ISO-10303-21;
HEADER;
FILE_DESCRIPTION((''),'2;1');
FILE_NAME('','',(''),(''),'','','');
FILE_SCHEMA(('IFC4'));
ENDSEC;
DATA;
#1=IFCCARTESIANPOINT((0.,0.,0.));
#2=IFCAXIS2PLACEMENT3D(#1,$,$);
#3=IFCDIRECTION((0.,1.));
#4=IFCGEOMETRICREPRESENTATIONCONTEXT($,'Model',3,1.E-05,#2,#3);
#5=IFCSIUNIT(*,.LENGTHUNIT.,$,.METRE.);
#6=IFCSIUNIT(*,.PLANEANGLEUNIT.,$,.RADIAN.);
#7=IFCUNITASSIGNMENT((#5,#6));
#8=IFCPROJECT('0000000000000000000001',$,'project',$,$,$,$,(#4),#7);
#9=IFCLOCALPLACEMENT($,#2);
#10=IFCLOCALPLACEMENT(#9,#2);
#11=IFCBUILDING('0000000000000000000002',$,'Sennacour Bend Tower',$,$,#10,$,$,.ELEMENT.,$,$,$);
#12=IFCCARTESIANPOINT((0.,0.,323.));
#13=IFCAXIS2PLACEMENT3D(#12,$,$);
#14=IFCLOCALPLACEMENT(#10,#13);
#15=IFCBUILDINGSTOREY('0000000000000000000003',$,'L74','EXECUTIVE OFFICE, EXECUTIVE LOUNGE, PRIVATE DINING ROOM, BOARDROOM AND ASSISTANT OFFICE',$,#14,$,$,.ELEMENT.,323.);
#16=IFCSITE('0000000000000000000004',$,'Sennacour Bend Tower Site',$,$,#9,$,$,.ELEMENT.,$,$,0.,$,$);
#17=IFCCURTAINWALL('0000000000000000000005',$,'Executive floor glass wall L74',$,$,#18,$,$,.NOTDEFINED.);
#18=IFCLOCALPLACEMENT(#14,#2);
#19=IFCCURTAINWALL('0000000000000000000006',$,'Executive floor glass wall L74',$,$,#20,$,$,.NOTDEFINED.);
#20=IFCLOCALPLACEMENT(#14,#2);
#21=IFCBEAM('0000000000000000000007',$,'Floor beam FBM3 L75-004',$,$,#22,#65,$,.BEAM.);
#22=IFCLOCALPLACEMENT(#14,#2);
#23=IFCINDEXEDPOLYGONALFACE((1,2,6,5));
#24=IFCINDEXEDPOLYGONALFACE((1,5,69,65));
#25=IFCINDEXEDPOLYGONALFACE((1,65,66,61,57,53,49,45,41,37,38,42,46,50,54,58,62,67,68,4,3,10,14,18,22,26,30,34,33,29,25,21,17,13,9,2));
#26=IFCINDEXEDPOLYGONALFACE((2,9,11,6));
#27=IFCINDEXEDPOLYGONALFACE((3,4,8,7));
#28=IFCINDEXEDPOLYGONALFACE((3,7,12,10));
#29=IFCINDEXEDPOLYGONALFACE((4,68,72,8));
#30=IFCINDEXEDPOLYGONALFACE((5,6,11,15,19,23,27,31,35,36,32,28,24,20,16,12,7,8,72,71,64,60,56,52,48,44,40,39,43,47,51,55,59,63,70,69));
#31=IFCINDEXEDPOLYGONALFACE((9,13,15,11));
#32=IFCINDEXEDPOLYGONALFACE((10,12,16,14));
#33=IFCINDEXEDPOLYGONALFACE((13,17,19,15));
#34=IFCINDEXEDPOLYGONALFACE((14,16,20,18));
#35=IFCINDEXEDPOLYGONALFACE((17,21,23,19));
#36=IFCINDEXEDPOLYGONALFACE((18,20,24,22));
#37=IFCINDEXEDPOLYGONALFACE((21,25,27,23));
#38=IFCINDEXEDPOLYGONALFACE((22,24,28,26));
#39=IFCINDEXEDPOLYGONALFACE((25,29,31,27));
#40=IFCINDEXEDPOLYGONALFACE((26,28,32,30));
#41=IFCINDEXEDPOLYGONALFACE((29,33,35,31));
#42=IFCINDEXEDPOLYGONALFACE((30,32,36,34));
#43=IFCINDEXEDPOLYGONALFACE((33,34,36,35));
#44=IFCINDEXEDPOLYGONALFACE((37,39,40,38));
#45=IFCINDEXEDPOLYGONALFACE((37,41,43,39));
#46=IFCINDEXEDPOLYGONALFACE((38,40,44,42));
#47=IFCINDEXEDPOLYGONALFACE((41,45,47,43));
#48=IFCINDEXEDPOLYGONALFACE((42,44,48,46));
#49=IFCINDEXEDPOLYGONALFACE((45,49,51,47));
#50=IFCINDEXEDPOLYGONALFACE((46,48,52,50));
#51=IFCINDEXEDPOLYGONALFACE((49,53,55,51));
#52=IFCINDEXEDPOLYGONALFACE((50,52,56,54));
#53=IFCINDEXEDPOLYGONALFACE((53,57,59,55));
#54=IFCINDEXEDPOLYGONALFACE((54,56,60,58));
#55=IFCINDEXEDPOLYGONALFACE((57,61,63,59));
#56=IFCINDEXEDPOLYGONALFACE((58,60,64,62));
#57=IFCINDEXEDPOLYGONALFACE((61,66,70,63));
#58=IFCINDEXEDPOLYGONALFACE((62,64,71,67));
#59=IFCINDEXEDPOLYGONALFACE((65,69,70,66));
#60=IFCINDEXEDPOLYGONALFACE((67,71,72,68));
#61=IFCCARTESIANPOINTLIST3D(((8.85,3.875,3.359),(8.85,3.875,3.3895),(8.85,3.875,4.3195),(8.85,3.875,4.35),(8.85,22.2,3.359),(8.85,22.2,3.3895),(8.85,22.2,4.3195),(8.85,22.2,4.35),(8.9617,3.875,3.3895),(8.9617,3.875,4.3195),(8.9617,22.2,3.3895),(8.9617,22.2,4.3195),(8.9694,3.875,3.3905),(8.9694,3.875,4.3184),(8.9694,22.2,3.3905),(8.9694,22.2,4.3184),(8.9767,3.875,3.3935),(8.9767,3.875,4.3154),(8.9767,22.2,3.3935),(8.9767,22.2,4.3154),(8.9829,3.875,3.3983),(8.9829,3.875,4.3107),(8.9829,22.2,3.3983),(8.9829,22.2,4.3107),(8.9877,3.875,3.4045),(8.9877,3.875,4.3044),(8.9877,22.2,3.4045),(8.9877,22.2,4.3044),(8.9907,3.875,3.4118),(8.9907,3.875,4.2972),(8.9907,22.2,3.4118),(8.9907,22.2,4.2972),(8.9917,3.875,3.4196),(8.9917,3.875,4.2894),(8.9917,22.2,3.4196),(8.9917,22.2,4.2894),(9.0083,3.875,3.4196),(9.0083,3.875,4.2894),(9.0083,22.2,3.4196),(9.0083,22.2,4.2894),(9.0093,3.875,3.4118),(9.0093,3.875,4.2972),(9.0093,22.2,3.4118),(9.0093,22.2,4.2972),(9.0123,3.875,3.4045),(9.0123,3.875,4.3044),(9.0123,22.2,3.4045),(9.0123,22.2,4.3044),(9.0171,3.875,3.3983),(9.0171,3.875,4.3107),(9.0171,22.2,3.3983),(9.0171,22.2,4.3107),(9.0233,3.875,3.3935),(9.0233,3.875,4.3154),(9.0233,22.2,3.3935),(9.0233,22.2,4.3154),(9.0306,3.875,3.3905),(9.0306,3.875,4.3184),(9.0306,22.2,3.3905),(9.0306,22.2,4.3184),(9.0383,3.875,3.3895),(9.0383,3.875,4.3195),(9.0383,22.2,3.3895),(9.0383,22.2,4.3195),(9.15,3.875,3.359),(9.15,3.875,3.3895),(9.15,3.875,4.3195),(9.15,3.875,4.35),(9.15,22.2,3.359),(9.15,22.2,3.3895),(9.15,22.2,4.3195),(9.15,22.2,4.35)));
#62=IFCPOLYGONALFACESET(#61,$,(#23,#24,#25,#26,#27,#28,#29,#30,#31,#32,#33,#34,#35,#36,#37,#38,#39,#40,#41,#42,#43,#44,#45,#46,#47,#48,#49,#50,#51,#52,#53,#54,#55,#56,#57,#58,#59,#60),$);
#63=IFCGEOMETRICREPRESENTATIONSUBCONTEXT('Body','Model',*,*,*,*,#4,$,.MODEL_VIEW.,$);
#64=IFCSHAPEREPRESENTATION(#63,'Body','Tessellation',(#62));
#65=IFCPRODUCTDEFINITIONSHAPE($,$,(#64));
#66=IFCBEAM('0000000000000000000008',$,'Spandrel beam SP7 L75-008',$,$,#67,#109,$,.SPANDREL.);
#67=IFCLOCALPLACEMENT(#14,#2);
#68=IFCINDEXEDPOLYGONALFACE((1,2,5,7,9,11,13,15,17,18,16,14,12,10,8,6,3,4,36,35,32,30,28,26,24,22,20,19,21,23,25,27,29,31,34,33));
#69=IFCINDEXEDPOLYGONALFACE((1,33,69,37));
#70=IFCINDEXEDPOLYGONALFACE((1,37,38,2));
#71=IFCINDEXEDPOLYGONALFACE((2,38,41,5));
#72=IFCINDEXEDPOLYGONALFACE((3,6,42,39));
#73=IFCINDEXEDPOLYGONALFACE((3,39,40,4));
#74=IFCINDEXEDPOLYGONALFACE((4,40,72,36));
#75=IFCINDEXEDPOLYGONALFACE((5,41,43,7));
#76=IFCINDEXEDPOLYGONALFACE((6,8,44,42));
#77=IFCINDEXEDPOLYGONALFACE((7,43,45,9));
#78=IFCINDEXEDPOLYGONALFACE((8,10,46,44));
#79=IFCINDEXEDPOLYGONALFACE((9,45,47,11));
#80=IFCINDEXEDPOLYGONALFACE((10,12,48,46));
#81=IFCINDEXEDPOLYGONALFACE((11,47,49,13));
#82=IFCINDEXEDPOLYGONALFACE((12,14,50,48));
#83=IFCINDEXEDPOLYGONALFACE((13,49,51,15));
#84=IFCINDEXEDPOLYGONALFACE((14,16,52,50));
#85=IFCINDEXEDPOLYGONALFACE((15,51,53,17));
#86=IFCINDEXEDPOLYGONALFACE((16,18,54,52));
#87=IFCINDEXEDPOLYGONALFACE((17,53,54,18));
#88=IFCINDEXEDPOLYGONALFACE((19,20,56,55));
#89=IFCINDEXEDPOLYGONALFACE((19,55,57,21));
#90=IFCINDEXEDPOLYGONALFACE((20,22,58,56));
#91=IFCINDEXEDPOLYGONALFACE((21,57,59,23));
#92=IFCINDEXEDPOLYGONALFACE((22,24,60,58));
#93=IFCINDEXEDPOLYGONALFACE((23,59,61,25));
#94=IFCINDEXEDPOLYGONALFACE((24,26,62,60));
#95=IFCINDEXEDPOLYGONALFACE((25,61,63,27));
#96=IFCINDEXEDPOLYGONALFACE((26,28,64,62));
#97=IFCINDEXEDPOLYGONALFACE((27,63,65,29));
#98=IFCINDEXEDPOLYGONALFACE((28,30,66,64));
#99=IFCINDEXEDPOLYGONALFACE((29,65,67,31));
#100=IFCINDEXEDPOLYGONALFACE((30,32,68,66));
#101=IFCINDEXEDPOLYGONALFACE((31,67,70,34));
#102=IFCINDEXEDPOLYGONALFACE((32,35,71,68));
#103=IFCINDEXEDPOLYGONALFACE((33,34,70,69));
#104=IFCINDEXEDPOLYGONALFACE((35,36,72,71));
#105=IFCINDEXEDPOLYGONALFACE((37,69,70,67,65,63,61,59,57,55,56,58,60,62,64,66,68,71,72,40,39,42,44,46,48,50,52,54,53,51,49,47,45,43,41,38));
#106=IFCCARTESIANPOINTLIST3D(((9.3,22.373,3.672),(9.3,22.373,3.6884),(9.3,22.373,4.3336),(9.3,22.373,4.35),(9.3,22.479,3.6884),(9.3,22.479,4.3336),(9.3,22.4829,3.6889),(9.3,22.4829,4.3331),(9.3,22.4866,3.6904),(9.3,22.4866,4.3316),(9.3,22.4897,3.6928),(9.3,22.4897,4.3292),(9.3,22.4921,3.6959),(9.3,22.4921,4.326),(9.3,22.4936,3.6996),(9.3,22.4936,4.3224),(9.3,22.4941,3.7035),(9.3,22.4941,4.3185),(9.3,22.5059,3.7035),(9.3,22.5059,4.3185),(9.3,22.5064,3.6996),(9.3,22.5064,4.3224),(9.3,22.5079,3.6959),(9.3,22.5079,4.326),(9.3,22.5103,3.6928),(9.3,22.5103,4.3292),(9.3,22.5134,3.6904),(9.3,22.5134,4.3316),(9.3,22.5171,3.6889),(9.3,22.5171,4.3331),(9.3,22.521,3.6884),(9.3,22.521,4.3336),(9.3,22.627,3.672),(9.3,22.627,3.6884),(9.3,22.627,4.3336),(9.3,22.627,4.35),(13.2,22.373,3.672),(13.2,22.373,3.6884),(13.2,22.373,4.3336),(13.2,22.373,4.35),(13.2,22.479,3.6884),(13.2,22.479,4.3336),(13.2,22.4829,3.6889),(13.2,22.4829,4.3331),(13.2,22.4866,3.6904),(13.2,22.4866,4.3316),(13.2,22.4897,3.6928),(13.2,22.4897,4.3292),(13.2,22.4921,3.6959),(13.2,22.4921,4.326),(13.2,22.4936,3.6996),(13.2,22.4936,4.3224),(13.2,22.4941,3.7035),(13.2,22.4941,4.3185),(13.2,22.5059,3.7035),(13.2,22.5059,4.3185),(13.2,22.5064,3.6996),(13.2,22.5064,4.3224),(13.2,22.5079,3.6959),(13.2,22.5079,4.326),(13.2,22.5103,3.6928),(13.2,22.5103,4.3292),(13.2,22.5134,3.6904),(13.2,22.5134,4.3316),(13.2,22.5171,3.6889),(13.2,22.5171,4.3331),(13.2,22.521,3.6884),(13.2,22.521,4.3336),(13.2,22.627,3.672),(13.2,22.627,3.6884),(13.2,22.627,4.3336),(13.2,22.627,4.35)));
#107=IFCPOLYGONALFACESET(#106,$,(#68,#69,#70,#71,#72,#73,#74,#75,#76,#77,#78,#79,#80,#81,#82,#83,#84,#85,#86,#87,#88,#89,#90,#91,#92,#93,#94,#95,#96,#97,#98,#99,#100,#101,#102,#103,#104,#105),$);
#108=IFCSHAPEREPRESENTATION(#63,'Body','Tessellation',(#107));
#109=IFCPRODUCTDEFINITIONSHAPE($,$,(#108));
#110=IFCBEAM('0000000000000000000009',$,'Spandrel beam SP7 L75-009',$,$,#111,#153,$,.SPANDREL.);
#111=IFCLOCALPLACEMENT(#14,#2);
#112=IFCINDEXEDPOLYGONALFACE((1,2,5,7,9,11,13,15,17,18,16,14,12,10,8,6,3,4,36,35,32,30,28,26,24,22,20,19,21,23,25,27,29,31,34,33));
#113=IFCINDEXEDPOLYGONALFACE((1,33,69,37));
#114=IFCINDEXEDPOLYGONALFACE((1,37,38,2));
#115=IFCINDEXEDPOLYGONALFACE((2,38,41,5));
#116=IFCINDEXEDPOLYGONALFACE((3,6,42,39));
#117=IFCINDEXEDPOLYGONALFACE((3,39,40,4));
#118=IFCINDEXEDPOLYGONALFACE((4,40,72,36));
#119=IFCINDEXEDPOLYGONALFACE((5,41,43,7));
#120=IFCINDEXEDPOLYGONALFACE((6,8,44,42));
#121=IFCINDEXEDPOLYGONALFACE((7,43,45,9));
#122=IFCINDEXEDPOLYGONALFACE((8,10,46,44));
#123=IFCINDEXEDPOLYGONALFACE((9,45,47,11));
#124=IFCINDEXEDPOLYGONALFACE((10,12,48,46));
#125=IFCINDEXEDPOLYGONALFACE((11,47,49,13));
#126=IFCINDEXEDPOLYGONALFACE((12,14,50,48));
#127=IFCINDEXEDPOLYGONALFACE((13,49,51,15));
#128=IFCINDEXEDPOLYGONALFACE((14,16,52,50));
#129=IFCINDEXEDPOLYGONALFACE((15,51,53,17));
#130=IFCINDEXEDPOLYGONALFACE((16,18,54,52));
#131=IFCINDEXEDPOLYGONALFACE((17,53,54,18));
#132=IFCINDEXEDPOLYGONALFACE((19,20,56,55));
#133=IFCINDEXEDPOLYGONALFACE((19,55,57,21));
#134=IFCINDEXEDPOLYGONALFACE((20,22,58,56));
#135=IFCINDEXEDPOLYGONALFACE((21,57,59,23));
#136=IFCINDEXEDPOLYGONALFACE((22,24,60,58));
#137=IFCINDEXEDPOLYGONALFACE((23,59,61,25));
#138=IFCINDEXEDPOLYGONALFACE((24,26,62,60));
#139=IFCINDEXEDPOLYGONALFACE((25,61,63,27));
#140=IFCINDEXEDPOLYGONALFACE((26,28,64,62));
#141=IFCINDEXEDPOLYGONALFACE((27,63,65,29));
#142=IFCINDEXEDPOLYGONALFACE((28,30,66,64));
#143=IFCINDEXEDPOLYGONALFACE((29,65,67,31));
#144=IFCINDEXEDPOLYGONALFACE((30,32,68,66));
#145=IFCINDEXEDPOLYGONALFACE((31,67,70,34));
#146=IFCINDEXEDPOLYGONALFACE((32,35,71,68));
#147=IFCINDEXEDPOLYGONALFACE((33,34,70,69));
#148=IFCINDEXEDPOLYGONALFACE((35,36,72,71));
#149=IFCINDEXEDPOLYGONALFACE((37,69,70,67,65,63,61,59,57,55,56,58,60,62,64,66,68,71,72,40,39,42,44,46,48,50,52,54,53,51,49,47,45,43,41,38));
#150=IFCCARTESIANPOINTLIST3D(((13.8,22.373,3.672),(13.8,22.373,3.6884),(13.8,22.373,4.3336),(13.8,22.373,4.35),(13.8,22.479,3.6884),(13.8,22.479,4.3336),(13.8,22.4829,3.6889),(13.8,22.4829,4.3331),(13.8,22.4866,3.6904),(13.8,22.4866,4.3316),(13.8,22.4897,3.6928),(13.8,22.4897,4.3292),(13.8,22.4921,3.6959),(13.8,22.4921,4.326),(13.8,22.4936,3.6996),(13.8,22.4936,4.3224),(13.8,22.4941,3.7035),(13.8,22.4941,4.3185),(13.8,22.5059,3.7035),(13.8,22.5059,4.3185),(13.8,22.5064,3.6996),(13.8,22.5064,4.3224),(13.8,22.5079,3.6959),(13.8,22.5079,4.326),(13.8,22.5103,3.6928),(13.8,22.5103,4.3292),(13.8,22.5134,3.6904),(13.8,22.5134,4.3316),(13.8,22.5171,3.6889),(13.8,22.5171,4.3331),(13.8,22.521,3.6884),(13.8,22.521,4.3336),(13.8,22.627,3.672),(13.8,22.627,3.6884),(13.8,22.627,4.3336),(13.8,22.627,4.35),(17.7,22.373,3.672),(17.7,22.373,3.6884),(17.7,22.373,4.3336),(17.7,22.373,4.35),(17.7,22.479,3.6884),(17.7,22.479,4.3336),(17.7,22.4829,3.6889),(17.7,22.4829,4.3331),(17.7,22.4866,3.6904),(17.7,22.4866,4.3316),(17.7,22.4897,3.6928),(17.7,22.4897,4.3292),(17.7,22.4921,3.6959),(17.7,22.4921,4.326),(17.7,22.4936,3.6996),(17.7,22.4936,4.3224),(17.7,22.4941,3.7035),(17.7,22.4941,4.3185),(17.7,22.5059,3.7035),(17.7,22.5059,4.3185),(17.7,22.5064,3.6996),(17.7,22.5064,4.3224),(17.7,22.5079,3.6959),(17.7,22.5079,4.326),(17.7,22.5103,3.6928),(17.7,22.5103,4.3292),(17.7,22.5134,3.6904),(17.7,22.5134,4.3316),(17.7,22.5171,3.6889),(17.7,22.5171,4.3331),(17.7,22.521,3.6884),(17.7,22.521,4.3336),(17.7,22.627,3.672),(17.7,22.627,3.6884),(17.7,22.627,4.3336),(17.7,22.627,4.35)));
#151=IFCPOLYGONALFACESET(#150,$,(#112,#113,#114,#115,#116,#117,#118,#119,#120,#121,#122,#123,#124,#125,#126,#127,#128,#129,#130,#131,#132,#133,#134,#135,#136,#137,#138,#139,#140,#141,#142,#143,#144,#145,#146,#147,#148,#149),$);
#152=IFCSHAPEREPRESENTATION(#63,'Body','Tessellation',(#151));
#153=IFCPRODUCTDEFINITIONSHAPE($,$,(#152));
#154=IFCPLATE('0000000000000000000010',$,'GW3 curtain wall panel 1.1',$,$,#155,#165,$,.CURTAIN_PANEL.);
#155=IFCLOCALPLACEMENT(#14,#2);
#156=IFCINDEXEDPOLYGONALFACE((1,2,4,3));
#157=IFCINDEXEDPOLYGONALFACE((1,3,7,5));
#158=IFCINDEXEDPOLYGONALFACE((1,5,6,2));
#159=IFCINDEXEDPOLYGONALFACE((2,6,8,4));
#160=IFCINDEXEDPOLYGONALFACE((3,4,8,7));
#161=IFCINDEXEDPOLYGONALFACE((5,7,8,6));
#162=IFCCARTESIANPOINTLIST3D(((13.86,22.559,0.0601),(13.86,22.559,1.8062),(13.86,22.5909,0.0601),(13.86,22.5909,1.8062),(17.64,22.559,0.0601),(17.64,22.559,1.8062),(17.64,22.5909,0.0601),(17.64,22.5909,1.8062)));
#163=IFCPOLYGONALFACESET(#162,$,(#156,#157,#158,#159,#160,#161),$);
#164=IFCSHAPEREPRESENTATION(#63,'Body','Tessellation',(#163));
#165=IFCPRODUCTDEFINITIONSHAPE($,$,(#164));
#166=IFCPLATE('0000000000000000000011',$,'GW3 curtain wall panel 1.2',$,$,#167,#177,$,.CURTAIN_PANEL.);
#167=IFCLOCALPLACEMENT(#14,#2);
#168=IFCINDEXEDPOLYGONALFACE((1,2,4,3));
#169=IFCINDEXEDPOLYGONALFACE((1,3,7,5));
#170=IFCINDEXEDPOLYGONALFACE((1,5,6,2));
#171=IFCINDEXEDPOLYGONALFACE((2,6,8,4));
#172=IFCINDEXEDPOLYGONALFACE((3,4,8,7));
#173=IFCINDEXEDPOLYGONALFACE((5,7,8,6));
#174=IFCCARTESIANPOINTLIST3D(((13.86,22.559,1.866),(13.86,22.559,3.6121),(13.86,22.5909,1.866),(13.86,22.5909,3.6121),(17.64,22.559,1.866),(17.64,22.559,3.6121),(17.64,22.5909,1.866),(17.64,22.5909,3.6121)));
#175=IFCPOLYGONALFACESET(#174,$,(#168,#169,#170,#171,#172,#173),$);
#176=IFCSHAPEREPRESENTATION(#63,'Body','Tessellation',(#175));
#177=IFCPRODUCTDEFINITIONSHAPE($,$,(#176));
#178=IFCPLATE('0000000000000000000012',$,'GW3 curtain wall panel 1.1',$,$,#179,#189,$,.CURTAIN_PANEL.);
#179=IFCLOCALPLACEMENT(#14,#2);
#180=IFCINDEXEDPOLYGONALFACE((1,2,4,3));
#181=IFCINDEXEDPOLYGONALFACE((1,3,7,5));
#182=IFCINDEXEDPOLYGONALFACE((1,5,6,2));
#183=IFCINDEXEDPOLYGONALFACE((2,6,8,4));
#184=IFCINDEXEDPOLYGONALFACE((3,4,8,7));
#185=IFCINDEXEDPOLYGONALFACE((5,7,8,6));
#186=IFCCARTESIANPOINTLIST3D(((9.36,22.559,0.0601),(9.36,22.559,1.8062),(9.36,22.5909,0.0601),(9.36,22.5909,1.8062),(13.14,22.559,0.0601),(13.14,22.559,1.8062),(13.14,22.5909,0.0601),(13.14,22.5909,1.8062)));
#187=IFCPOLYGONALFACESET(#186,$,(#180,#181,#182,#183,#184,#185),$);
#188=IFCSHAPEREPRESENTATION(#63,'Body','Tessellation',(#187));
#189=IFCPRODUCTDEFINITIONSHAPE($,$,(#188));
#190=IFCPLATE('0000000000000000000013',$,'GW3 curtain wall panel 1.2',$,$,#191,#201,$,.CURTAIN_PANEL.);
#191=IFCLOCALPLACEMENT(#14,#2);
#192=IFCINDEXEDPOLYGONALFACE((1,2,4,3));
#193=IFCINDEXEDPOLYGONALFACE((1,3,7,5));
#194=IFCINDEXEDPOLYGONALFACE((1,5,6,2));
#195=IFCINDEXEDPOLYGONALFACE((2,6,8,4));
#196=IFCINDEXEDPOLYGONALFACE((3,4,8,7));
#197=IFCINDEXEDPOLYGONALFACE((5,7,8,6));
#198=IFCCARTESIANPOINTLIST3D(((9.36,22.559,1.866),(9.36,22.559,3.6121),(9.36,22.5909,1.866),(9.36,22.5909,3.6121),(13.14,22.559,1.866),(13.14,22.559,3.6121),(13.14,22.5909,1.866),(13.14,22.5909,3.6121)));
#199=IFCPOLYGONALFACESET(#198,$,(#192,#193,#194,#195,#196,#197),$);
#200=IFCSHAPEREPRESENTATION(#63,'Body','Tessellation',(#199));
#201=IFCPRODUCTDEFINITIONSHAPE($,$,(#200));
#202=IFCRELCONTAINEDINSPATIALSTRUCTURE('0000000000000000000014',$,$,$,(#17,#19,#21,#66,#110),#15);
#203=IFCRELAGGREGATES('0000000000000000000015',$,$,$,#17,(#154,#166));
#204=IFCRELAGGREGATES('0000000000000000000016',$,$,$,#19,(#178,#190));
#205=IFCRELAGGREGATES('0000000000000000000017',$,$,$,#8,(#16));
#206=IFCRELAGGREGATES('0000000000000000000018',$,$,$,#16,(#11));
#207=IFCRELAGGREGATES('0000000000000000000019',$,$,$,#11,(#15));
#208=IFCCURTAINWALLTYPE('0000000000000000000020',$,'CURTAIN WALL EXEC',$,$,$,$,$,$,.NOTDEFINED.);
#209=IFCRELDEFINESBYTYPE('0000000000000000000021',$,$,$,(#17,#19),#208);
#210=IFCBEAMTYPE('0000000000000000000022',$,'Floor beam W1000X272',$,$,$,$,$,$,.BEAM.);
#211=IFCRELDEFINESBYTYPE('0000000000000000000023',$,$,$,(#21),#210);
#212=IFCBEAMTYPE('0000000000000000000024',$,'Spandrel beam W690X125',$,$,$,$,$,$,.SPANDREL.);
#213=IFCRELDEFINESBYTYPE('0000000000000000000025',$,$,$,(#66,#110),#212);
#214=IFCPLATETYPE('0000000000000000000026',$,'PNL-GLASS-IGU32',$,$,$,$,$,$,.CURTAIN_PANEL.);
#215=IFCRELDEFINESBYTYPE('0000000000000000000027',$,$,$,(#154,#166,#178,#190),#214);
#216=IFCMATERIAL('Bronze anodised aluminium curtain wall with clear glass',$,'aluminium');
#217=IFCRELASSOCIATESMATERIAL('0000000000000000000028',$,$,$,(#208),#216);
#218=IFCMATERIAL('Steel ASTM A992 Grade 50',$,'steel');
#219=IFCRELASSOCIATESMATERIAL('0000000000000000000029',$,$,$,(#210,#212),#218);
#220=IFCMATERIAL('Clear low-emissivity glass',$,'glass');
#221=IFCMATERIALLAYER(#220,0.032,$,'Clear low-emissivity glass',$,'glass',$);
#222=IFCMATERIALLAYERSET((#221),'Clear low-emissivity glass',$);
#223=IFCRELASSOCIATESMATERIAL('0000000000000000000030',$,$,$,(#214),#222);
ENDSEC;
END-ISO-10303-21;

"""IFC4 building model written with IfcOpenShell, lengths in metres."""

from ifc_helpers import new_model, si_unit, direction, frame, origin, origin_2d, place, context, subcontext, project, spatial, rectangle, i_section, extrude, material, layer, layer_set, material_profile, profile_set, type_object, element, aggregate, save


model = new_model("IFC4")

# Units and contexts
model_context = context("Model", 3, precision=1e-05, world=origin(), true_north=direction((0.0, 1.0)))
body_context = subcontext(model_context, "Body", "Model", "MODEL_VIEW")
ifc_project = project(units=[si_unit("LENGTHUNIT", "METRE"), si_unit("PLANEANGLEUNIT", "RADIAN")], contexts=[model_context])

# Site, building, storey
site_placement = place(None, origin())
site = spatial("IfcSite", under=ifc_project, at=site_placement, Name="Sennacour Bend Tower Site", CompositionType="ELEMENT", RefElevation=0.0)
building_placement = place(site_placement, origin())
building = spatial("IfcBuilding", under=site, at=building_placement, Name="Sennacour Bend Tower", CompositionType="ELEMENT")
storey_placement = place(building_placement, frame((0.0, 0.0, 323.0)))
storey = spatial("IfcBuildingStorey", under=building, at=storey_placement, Name="L74", Description="EXECUTIVE OFFICE, EXECUTIVE LOUNGE, PRIVATE DINING ROOM, BOARDROOM AND ASSISTANT OFFICE", CompositionType="ELEMENT", Elevation=323.0)

# Curtain wall
ifc_material_1 = material(Name="Bronze anodised aluminium curtain wall with clear glass", Category="aluminium")
curtain_wall_type = type_object("IfcCurtainWallType", Name="CURTAIN WALL EXEC", PredefinedType="NOTDEFINED", material=ifc_material_1)
curtain_wall_1_placement = place(storey_placement, origin())
curtain_wall_1 = element("IfcCurtainWall", 1, at=curtain_wall_1_placement, inside=storey, type_object=curtain_wall_type, Name="Executive floor glass wall L74", PredefinedType="NOTDEFINED")

# Curtain wall
curtain_wall_2_placement = place(storey_placement, origin())
curtain_wall_2 = element("IfcCurtainWall", 2, at=curtain_wall_2_placement, inside=storey, type_object=curtain_wall_type, Name="Executive floor glass wall L74", PredefinedType="NOTDEFINED")

# Beams
ifc_material_2 = material(Name="Steel ASTM A992 Grade 50", Category="steel")
ifc_material_profile_1 = material_profile(ifc_material_2, i_section(OverallWidth=0.3, OverallDepth=0.991, WebThickness=0.0166, FlangeThickness=0.0305, FilletRadius=0.03, at=origin_2d()), Name="Steel ASTM A992 Grade 50", Category="steel")
ifc_profile_set_1 = profile_set([ifc_material_profile_1], Name="Steel ASTM A992 Grade 50")
beam_type_1 = type_object("IfcBeamType", Name="Floor beam W1000X272", PredefinedType="BEAM", material=ifc_profile_set_1)
beam_placement = place(storey_placement, frame((9.0, 3.875, 3.8545), z_axis=(0.0, 1.0, 0.0), x_axis=(-1.0, 0.0, 0.0)))
element("IfcBeam", 3, at=beam_placement, inside=storey, type_object=beam_type_1, Name="Floor beam FBM3 L75-004", PredefinedType="BEAM", context=body_context, shape_type="SweptSolid", body=[
    extrude(i_section(OverallWidth=0.3, OverallDepth=0.991, WebThickness=0.0166, FlangeThickness=0.0305, FilletRadius=0.03, at=origin_2d()), origin(), (0.0, 0.0, 1.0), 18.325),
])
ifc_material_profile_2 = material_profile(ifc_material_2, i_section(OverallWidth=0.2539, OverallDepth=0.678, WebThickness=0.0117, FlangeThickness=0.0164, FilletRadius=0.0151, at=origin_2d()), Name="Steel ASTM A992 Grade 50", Category="steel")
ifc_profile_set_2 = profile_set([ifc_material_profile_2], Name="Steel ASTM A992 Grade 50")
beam_type_2 = type_object("IfcBeamType", Name="Spandrel beam W690X125", PredefinedType="SPANDREL", material=ifc_profile_set_2)
for number, where, z_axis, x_axis, name in (
    (4, (9.3, 22.5, 4.011), (1.0, 0.0, 0.0), (0.0, 1.0, 0.0), "Spandrel beam SP7 L75-008"),
    (5, (13.8, 22.5, 4.011), (1.0, 0.0, 0.0), (0.0, 1.0, 0.0), "Spandrel beam SP7 L75-009"),
):
    element("IfcBeam", number, at=place(storey_placement, frame(where, z_axis=z_axis, x_axis=x_axis)), inside=storey, type_object=beam_type_2, Name=name, PredefinedType="SPANDREL", context=body_context, shape_type="SweptSolid", body=[
        extrude(i_section(OverallWidth=0.2539, OverallDepth=0.678, WebThickness=0.0117, FlangeThickness=0.0164, FilletRadius=0.0151, at=origin_2d()), origin(), (0.0, 0.0, 1.0), 3.8999),
    ])

# Plates
ifc_material_3 = material(Name="Clear low-emissivity glass", Category="glass")
ifc_layer_1 = layer(ifc_material_3, 0.032, Name="Clear low-emissivity glass", Category="glass")
ifc_layer_set_1 = layer_set([ifc_layer_1], Name="Clear low-emissivity glass")
plate_type = type_object("IfcPlateType", Name="PNL-GLASS-IGU32", PredefinedType="CURTAIN_PANEL", material=ifc_layer_set_1)
plate_1_placement = place(storey_placement, frame((15.75, 22.575, 0.0601), z_axis=(0.0, 0.0, 1.0), x_axis=(-1.0, 0.0, 0.0)))
plate_1 = element("IfcPlate", 6, at=plate_1_placement, type_object=plate_type, Name="GW3 curtain wall panel 1.1", PredefinedType="CURTAIN_PANEL", context=body_context, shape_type="SweptSolid", body=[
    extrude(rectangle(XDim=3.78, YDim=0.032, at=origin_2d()), origin(), (0.0, 0.0, 1.0), 1.7461),
])
plate_2_placement = place(storey_placement, frame((15.75, 22.575, 1.866), z_axis=(0.0, 0.0, 1.0), x_axis=(-1.0, 0.0, 0.0)))
plate_2 = element("IfcPlate", 7, at=plate_2_placement, type_object=plate_type, Name="GW3 curtain wall panel 1.2", PredefinedType="CURTAIN_PANEL", context=body_context, shape_type="SweptSolid", body=[
    extrude(rectangle(XDim=3.78, YDim=0.032, at=origin_2d()), origin(), (0.0, 0.0, 1.0), 1.7461),
])
aggregate(curtain_wall_1, [plate_1, plate_2])
plate_3_placement = place(storey_placement, frame((11.25, 22.575, 0.0601), z_axis=(0.0, 0.0, 1.0), x_axis=(-1.0, 0.0, 0.0)))
plate_3 = element("IfcPlate", 8, at=plate_3_placement, type_object=plate_type, Name="GW3 curtain wall panel 1.1", PredefinedType="CURTAIN_PANEL", context=body_context, shape_type="SweptSolid", body=[
    extrude(rectangle(XDim=3.78, YDim=0.032, at=origin_2d()), origin(), (0.0, 0.0, 1.0), 1.7461),
])
plate_4_placement = place(storey_placement, frame((11.25, 22.575, 1.866), z_axis=(0.0, 0.0, 1.0), x_axis=(-1.0, 0.0, 0.0)))
plate_4 = element("IfcPlate", 9, at=plate_4_placement, type_object=plate_type, Name="GW3 curtain wall panel 1.2", PredefinedType="CURTAIN_PANEL", context=body_context, shape_type="SweptSolid", body=[
    extrude(rectangle(XDim=3.78, YDim=0.032, at=origin_2d()), origin(), (0.0, 0.0, 1.0), 1.7461),
])
aggregate(curtain_wall_2, [plate_3, plate_4])

save(model, "model.ifc")
